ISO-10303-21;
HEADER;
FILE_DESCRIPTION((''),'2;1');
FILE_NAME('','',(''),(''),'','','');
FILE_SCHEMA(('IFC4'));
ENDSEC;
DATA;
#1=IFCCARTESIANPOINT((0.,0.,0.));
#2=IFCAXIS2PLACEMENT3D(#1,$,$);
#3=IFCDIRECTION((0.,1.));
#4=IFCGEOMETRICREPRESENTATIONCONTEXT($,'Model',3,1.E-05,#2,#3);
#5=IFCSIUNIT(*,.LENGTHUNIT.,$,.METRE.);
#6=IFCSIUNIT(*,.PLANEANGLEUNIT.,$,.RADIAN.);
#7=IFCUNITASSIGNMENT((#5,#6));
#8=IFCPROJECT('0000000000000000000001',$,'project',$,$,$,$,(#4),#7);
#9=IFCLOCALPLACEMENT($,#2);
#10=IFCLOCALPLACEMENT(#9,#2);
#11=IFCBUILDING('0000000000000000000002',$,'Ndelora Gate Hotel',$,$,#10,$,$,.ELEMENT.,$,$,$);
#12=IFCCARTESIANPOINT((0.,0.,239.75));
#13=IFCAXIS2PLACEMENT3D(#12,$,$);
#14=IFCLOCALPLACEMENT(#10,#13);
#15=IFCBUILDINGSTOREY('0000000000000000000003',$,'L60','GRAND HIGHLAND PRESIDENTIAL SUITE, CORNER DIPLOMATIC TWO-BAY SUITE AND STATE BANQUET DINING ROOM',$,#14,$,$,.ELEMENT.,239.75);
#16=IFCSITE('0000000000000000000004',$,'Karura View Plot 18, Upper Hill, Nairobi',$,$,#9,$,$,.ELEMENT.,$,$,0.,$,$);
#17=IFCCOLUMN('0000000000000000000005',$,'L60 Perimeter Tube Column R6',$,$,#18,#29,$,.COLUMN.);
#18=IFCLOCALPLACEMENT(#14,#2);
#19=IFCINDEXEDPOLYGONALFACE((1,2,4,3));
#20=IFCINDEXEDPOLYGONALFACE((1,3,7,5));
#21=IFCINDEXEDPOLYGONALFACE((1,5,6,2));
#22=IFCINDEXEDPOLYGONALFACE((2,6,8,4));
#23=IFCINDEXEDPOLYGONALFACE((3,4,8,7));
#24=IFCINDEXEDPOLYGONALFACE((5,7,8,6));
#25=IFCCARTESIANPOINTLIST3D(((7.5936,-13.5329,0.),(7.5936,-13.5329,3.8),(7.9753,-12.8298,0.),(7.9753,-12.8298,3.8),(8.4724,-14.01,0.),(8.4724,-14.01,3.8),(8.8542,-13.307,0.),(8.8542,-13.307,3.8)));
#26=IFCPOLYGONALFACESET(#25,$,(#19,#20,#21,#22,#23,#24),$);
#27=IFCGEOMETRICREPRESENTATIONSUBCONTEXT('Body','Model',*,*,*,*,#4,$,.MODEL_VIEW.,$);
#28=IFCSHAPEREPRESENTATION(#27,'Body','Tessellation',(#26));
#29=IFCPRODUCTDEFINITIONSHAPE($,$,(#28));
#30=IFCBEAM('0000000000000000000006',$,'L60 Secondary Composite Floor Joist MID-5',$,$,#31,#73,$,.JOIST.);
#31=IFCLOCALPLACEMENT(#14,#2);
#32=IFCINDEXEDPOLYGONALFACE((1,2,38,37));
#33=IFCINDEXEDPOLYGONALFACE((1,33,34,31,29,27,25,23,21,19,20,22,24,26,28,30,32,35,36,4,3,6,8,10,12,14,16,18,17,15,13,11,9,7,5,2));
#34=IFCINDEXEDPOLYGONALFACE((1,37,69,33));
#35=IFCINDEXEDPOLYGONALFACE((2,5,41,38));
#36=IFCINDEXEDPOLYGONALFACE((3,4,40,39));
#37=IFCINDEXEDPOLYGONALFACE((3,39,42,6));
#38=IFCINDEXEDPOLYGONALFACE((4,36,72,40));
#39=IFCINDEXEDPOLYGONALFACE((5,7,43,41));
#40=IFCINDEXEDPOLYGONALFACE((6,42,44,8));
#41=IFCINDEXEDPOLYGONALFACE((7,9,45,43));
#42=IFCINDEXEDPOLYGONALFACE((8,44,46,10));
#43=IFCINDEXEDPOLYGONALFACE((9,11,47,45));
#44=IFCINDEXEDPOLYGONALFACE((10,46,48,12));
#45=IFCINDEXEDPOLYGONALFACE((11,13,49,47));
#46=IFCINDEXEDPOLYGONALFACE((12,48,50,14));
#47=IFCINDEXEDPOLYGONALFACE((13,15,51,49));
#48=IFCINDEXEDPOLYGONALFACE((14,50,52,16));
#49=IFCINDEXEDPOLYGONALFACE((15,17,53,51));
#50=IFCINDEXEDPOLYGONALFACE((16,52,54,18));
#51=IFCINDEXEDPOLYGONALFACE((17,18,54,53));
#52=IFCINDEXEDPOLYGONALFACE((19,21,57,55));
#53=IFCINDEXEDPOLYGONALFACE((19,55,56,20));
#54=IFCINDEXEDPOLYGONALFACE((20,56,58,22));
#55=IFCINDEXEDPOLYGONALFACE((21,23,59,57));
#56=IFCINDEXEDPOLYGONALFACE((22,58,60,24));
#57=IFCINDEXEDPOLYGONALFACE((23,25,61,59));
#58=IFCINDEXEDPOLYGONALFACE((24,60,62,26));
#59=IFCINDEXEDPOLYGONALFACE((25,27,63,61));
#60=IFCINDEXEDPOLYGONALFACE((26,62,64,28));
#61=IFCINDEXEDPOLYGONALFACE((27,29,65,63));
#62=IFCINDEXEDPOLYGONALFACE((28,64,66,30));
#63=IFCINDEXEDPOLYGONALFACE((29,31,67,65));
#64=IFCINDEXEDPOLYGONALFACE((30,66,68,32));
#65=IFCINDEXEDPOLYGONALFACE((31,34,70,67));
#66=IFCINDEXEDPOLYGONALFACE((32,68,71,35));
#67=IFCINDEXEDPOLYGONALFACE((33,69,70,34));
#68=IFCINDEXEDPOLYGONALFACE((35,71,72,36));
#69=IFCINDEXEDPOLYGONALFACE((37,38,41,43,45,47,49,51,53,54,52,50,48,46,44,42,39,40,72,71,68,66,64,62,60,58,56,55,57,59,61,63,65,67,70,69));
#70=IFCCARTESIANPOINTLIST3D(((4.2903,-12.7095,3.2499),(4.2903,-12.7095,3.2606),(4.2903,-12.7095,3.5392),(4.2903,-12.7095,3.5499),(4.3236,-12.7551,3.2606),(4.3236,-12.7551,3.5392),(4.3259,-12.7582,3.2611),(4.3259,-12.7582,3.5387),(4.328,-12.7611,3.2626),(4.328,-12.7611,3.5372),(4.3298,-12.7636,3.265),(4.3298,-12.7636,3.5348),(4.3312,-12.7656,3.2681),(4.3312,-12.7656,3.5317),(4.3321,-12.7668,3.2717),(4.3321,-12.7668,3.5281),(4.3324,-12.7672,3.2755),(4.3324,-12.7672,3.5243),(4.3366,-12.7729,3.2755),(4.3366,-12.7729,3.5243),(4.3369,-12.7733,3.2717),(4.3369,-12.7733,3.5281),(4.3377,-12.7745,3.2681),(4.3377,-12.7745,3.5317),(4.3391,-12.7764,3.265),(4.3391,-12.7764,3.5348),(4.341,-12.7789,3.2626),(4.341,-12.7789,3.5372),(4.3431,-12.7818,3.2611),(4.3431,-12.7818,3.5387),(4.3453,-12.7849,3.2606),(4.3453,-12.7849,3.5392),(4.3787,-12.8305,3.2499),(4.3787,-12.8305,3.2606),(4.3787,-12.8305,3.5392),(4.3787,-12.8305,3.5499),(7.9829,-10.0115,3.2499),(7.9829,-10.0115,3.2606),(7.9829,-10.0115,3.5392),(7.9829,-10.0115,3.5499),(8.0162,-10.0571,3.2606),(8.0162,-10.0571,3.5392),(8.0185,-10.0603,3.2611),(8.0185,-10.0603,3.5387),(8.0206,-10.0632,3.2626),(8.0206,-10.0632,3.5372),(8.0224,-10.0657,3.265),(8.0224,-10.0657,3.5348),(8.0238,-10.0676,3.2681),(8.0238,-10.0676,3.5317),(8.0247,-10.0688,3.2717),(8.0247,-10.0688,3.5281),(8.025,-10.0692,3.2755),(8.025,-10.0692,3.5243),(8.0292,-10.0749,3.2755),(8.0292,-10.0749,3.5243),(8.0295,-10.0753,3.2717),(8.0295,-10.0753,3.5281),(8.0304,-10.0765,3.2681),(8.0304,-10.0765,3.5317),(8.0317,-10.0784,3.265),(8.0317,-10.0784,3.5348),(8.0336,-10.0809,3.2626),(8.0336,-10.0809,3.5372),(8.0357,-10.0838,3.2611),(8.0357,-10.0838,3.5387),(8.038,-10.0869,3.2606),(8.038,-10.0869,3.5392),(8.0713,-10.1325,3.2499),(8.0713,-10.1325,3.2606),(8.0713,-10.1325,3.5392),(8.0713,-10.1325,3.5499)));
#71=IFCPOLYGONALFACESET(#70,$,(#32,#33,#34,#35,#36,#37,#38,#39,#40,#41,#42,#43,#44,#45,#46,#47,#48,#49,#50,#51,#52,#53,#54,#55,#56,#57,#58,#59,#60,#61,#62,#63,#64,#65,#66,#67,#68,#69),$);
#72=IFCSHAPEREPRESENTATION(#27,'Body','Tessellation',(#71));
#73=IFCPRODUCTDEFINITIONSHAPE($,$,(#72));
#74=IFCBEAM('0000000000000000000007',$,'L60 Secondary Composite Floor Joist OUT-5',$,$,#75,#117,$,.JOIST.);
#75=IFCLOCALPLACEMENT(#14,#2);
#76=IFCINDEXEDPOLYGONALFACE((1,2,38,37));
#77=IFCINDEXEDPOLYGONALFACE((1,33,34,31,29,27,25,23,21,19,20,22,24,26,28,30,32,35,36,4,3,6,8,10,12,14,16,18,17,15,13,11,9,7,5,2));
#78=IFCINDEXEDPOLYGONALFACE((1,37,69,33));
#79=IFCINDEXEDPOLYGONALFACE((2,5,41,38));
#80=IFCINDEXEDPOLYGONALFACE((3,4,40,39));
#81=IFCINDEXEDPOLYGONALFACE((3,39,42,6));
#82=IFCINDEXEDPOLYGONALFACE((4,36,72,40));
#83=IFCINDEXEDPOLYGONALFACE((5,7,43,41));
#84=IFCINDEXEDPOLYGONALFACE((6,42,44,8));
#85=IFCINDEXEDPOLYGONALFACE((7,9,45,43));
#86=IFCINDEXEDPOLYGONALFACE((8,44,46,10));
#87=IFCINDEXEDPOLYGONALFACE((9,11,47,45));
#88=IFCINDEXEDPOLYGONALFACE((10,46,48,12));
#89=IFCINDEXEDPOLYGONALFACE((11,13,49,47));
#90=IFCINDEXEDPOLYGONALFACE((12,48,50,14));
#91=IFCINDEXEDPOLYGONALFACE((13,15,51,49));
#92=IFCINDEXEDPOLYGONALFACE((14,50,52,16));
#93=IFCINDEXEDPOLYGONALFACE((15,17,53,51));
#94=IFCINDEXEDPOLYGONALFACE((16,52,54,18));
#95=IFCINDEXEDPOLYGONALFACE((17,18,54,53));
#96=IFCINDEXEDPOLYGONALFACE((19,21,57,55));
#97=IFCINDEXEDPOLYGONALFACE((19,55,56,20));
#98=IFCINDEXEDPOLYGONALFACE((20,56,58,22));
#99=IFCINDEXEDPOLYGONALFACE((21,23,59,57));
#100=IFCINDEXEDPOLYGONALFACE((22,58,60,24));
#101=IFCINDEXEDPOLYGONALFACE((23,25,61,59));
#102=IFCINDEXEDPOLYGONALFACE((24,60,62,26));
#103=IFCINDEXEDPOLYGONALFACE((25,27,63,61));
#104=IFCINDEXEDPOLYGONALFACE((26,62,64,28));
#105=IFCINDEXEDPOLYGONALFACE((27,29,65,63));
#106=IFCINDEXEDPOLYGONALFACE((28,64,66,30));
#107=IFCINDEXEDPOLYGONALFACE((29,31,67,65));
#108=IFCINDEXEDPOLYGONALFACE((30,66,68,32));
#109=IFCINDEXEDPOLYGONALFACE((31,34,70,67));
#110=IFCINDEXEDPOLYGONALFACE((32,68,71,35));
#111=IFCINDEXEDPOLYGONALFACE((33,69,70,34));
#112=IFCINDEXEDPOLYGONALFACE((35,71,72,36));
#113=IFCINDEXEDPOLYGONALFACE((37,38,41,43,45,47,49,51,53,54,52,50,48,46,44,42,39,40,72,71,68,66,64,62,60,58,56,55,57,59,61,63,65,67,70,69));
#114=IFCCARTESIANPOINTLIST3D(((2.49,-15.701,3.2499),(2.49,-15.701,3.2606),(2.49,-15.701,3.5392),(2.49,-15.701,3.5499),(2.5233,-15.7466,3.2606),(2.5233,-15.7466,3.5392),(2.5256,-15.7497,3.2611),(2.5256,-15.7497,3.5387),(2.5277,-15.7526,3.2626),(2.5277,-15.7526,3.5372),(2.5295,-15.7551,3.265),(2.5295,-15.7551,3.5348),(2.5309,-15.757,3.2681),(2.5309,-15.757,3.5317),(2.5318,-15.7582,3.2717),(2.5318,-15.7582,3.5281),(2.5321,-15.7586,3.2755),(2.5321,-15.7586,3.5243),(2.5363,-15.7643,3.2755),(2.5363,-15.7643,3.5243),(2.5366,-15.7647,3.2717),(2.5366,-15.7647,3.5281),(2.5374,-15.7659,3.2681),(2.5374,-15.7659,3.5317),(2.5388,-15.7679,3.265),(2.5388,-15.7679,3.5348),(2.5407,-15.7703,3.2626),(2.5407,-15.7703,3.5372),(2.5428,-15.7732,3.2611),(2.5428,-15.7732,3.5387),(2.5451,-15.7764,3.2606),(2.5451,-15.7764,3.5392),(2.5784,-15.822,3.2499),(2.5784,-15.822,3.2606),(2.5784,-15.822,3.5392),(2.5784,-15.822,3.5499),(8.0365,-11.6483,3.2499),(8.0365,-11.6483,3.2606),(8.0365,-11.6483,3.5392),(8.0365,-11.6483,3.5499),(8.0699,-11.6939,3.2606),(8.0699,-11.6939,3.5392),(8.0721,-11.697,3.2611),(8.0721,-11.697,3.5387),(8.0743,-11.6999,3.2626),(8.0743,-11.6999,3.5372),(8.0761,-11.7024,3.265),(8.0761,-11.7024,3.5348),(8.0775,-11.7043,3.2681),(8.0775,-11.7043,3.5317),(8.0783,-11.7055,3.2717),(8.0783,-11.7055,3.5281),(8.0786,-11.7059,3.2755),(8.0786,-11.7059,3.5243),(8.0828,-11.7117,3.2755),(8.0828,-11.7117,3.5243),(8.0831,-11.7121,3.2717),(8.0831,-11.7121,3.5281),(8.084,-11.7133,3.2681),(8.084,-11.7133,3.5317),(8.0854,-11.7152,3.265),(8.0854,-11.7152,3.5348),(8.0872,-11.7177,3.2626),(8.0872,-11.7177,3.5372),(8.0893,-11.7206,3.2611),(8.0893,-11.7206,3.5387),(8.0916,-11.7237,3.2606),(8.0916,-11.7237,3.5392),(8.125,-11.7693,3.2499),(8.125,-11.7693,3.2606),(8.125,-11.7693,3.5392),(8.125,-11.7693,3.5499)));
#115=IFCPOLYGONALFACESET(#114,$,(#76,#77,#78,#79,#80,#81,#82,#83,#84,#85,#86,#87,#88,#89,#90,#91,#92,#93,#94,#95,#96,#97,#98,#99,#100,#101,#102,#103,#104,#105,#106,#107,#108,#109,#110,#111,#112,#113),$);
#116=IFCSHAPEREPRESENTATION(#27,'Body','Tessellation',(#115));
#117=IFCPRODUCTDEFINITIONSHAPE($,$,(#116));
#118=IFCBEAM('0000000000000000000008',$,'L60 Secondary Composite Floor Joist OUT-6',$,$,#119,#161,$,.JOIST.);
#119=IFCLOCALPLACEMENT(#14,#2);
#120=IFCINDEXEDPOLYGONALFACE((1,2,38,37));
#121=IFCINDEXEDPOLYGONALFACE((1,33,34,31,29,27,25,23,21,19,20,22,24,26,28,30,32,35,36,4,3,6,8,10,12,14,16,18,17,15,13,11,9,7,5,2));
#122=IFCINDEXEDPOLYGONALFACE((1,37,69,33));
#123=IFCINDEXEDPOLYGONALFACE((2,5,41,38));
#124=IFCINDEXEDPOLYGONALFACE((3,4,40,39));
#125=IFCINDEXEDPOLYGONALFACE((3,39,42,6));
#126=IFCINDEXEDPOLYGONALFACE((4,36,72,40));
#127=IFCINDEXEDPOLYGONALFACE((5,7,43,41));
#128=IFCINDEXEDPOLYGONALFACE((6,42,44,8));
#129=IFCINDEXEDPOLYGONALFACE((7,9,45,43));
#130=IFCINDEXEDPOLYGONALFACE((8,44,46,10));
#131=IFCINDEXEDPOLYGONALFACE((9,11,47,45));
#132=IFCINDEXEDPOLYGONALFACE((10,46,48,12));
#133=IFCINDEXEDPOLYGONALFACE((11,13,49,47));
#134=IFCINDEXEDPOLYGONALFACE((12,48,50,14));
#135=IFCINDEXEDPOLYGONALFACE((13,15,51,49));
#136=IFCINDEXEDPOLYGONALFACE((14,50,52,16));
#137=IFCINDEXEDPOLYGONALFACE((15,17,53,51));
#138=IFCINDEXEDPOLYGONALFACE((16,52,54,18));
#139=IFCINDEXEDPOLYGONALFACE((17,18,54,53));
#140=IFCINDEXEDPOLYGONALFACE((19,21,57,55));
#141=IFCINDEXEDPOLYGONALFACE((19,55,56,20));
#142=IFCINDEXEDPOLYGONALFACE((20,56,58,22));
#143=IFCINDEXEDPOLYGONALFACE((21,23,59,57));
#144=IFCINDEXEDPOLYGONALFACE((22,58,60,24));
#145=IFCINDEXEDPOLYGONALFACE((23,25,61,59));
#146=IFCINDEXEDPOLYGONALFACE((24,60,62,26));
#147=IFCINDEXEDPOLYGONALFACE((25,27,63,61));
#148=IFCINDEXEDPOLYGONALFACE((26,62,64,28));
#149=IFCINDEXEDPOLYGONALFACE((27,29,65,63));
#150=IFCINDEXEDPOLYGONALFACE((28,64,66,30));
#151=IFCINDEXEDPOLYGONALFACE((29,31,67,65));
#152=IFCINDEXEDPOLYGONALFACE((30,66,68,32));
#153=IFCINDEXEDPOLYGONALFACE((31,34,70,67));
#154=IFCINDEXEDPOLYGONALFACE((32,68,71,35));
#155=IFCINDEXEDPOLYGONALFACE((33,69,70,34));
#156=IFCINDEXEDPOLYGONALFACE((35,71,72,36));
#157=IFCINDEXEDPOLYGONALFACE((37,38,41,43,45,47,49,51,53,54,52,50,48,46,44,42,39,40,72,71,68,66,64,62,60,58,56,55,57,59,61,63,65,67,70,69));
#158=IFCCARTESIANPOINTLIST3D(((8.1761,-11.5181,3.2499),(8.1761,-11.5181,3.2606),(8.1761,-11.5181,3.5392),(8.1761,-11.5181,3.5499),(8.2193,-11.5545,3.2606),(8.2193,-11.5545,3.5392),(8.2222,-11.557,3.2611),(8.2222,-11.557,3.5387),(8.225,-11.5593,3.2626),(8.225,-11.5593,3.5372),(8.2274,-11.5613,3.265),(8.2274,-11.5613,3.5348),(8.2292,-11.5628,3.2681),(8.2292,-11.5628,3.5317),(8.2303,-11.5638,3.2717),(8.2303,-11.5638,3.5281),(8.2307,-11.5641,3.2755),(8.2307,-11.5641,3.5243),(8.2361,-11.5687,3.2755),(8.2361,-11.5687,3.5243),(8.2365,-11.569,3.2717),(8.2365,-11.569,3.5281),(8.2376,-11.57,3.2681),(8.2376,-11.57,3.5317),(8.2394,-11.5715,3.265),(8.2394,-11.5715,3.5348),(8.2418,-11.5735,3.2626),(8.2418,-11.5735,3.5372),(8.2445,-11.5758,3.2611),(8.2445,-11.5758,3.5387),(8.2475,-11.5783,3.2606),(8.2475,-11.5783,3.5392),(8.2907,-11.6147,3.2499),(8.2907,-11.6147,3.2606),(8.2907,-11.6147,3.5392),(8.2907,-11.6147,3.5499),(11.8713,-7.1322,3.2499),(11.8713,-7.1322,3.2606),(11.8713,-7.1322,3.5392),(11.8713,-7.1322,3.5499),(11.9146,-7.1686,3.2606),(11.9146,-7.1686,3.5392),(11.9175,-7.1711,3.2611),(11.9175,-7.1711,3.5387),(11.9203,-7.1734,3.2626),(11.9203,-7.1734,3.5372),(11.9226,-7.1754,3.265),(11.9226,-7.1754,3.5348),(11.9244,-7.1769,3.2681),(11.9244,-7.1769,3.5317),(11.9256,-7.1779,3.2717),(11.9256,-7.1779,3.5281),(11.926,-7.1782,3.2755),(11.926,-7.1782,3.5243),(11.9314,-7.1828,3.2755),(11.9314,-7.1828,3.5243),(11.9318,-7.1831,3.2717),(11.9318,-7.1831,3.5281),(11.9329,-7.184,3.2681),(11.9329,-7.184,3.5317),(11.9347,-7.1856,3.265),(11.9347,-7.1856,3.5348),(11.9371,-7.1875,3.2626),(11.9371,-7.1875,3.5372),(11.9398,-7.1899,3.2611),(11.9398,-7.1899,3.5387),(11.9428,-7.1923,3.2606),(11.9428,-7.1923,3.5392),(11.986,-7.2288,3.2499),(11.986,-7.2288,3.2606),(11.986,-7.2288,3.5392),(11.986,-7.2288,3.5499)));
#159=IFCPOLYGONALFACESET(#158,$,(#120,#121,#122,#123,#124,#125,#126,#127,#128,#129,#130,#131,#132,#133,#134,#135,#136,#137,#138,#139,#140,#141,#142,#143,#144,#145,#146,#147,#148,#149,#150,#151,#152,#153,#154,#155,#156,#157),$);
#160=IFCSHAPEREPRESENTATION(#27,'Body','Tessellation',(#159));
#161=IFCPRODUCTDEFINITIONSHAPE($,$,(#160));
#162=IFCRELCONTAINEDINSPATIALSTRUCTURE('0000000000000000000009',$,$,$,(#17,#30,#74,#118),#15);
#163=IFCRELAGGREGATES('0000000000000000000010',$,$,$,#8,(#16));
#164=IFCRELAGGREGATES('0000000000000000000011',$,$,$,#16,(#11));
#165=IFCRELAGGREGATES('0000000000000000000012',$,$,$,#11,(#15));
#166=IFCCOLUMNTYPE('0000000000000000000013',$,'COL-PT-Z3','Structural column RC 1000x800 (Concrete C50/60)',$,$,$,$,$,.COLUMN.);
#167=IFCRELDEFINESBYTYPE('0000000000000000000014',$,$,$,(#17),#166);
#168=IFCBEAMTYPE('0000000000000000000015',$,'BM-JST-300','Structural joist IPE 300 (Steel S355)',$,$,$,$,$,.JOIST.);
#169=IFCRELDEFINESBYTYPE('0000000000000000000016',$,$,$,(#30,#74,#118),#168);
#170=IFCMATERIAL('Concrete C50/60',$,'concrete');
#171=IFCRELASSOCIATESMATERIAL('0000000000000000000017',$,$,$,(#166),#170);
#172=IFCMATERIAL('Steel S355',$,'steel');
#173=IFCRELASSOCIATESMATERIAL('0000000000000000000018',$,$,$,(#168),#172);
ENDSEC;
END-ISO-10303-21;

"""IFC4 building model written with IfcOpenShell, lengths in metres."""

from ifc_helpers import new_model, si_unit, direction, frame, origin, origin_2d, place, context, subcontext, project, spatial, rectangle, i_section, extrude, material, material_profile, profile_set, type_object, element, save


model = new_model("IFC4")

# Units and contexts
model_context = context("Model", 3, precision=1e-05, world=origin(), true_north=direction((0.0, 1.0)))
body_context = subcontext(model_context, "Body", "Model", "MODEL_VIEW")
ifc_project = project(units=[si_unit("LENGTHUNIT", "METRE"), si_unit("PLANEANGLEUNIT", "RADIAN")], contexts=[model_context])

# Site, building, storey
site_placement = place(None, origin())
site = spatial("IfcSite", under=ifc_project, at=site_placement, Name="Karura View Plot 18, Upper Hill, Nairobi", CompositionType="ELEMENT", RefElevation=0.0)
building_placement = place(site_placement, origin())
building = spatial("IfcBuilding", under=site, at=building_placement, Name="Ndelora Gate Hotel", CompositionType="ELEMENT")
storey_placement = place(building_placement, frame((0.0, 0.0, 239.75)))
storey = spatial("IfcBuildingStorey", under=building, at=storey_placement, Name="L60", Description="GRAND HIGHLAND PRESIDENTIAL SUITE, CORNER DIPLOMATIC TWO-BAY SUITE AND STATE BANQUET DINING ROOM", CompositionType="ELEMENT", Elevation=239.75)

# Column
ifc_material_1 = material(Name="Concrete C50/60", Category="concrete")
ifc_material_profile_1 = material_profile(ifc_material_1, rectangle(XDim=0.8, YDim=1.0, at=origin_2d()), Name="RC 1000x800")
ifc_profile_set_1 = profile_set([ifc_material_profile_1], Name="Concrete C50/60")
column_type = type_object("IfcColumnType", Name="COL-PT-Z3", Description="Structural column RC 1000x800 (Concrete C50/60)", PredefinedType="COLUMN", material=ifc_profile_set_1)
column_placement = place(storey_placement, frame((8.2239, -13.4199, 0.0), z_axis=(0.0, 0.0, 1.0), x_axis=(0.477159, 0.878817, 0.0)))
element("IfcColumn", 1, at=column_placement, inside=storey, type_object=column_type, Name="L60 Perimeter Tube Column R6", PredefinedType="COLUMN", context=body_context, shape_type="SweptSolid", body=[
    extrude(rectangle(XDim=0.8, YDim=1.0, at=origin_2d()), origin(), (0.0, 0.0, 1.0), 3.8),
])

# Beams
ifc_material_2 = material(Name="Steel S355", Category="steel")
ifc_material_profile_2 = material_profile(ifc_material_2, i_section(OverallWidth=0.1499, OverallDepth=0.3, WebThickness=0.0071, FlangeThickness=0.0107, FilletRadius=0.0149, at=origin_2d()), Name="IPE 300")
ifc_profile_set_2 = profile_set([ifc_material_profile_2], Name="Steel S355")
beam_type_1 = type_object("IfcBeamType", Name="BM-JST-300", Description="Structural joist IPE 300 (Steel S355)", PredefinedType="JOIST", material=ifc_profile_set_2)
beam_1_placement = place(storey_placement, frame((4.3345, -12.77, 3.3999), z_axis=(0.807439, 0.589951, 0.0), x_axis=(-0.589951, 0.807439, 0.0)))
element("IfcBeam", 2, at=beam_1_placement, inside=storey, type_object=beam_type_1, Name="L60 Secondary Composite Floor Joist MID-5", PredefinedType="JOIST", context=body_context, shape_type="SweptSolid", body=[
    extrude(i_section(OverallWidth=0.1499, OverallDepth=0.3, WebThickness=0.0071, FlangeThickness=0.0107, FilletRadius=0.0149, at=origin_2d()), origin(), (0.0, 0.0, 1.0), 4.5732),
])
beam_2_placement = place(storey_placement, frame((2.5342, -15.7615, 3.3999), z_axis=(0.807431, 0.589962, 0.0), x_axis=(-0.589962, 0.807431, 0.0)))
element("IfcBeam", 3, at=beam_2_placement, inside=storey, type_object=beam_type_1, Name="L60 Secondary Composite Floor Joist OUT-5", PredefinedType="JOIST", context=body_context, shape_type="SweptSolid", body=[
    extrude(i_section(OverallWidth=0.1499, OverallDepth=0.3, WebThickness=0.0071, FlangeThickness=0.0107, FilletRadius=0.0149, at=origin_2d()), origin(), (0.0, 0.0, 1.0), 6.8694),
])
beam_3_placement = place(storey_placement, frame((8.2334, -11.5664, 3.3999), z_axis=(0.644324, 0.764752, 0.0), x_axis=(-0.764752, 0.644324, 0.0)))
element("IfcBeam", 4, at=beam_3_placement, inside=storey, type_object=beam_type_1, Name="L60 Secondary Composite Floor Joist OUT-6", PredefinedType="JOIST", context=body_context, shape_type="SweptSolid", body=[
    extrude(i_section(OverallWidth=0.1499, OverallDepth=0.3, WebThickness=0.0071, FlangeThickness=0.0107, FilletRadius=0.0149, at=origin_2d()), origin(), (0.0, 0.0, 1.0), 5.7351),
])

save(model, "model.ifc")
